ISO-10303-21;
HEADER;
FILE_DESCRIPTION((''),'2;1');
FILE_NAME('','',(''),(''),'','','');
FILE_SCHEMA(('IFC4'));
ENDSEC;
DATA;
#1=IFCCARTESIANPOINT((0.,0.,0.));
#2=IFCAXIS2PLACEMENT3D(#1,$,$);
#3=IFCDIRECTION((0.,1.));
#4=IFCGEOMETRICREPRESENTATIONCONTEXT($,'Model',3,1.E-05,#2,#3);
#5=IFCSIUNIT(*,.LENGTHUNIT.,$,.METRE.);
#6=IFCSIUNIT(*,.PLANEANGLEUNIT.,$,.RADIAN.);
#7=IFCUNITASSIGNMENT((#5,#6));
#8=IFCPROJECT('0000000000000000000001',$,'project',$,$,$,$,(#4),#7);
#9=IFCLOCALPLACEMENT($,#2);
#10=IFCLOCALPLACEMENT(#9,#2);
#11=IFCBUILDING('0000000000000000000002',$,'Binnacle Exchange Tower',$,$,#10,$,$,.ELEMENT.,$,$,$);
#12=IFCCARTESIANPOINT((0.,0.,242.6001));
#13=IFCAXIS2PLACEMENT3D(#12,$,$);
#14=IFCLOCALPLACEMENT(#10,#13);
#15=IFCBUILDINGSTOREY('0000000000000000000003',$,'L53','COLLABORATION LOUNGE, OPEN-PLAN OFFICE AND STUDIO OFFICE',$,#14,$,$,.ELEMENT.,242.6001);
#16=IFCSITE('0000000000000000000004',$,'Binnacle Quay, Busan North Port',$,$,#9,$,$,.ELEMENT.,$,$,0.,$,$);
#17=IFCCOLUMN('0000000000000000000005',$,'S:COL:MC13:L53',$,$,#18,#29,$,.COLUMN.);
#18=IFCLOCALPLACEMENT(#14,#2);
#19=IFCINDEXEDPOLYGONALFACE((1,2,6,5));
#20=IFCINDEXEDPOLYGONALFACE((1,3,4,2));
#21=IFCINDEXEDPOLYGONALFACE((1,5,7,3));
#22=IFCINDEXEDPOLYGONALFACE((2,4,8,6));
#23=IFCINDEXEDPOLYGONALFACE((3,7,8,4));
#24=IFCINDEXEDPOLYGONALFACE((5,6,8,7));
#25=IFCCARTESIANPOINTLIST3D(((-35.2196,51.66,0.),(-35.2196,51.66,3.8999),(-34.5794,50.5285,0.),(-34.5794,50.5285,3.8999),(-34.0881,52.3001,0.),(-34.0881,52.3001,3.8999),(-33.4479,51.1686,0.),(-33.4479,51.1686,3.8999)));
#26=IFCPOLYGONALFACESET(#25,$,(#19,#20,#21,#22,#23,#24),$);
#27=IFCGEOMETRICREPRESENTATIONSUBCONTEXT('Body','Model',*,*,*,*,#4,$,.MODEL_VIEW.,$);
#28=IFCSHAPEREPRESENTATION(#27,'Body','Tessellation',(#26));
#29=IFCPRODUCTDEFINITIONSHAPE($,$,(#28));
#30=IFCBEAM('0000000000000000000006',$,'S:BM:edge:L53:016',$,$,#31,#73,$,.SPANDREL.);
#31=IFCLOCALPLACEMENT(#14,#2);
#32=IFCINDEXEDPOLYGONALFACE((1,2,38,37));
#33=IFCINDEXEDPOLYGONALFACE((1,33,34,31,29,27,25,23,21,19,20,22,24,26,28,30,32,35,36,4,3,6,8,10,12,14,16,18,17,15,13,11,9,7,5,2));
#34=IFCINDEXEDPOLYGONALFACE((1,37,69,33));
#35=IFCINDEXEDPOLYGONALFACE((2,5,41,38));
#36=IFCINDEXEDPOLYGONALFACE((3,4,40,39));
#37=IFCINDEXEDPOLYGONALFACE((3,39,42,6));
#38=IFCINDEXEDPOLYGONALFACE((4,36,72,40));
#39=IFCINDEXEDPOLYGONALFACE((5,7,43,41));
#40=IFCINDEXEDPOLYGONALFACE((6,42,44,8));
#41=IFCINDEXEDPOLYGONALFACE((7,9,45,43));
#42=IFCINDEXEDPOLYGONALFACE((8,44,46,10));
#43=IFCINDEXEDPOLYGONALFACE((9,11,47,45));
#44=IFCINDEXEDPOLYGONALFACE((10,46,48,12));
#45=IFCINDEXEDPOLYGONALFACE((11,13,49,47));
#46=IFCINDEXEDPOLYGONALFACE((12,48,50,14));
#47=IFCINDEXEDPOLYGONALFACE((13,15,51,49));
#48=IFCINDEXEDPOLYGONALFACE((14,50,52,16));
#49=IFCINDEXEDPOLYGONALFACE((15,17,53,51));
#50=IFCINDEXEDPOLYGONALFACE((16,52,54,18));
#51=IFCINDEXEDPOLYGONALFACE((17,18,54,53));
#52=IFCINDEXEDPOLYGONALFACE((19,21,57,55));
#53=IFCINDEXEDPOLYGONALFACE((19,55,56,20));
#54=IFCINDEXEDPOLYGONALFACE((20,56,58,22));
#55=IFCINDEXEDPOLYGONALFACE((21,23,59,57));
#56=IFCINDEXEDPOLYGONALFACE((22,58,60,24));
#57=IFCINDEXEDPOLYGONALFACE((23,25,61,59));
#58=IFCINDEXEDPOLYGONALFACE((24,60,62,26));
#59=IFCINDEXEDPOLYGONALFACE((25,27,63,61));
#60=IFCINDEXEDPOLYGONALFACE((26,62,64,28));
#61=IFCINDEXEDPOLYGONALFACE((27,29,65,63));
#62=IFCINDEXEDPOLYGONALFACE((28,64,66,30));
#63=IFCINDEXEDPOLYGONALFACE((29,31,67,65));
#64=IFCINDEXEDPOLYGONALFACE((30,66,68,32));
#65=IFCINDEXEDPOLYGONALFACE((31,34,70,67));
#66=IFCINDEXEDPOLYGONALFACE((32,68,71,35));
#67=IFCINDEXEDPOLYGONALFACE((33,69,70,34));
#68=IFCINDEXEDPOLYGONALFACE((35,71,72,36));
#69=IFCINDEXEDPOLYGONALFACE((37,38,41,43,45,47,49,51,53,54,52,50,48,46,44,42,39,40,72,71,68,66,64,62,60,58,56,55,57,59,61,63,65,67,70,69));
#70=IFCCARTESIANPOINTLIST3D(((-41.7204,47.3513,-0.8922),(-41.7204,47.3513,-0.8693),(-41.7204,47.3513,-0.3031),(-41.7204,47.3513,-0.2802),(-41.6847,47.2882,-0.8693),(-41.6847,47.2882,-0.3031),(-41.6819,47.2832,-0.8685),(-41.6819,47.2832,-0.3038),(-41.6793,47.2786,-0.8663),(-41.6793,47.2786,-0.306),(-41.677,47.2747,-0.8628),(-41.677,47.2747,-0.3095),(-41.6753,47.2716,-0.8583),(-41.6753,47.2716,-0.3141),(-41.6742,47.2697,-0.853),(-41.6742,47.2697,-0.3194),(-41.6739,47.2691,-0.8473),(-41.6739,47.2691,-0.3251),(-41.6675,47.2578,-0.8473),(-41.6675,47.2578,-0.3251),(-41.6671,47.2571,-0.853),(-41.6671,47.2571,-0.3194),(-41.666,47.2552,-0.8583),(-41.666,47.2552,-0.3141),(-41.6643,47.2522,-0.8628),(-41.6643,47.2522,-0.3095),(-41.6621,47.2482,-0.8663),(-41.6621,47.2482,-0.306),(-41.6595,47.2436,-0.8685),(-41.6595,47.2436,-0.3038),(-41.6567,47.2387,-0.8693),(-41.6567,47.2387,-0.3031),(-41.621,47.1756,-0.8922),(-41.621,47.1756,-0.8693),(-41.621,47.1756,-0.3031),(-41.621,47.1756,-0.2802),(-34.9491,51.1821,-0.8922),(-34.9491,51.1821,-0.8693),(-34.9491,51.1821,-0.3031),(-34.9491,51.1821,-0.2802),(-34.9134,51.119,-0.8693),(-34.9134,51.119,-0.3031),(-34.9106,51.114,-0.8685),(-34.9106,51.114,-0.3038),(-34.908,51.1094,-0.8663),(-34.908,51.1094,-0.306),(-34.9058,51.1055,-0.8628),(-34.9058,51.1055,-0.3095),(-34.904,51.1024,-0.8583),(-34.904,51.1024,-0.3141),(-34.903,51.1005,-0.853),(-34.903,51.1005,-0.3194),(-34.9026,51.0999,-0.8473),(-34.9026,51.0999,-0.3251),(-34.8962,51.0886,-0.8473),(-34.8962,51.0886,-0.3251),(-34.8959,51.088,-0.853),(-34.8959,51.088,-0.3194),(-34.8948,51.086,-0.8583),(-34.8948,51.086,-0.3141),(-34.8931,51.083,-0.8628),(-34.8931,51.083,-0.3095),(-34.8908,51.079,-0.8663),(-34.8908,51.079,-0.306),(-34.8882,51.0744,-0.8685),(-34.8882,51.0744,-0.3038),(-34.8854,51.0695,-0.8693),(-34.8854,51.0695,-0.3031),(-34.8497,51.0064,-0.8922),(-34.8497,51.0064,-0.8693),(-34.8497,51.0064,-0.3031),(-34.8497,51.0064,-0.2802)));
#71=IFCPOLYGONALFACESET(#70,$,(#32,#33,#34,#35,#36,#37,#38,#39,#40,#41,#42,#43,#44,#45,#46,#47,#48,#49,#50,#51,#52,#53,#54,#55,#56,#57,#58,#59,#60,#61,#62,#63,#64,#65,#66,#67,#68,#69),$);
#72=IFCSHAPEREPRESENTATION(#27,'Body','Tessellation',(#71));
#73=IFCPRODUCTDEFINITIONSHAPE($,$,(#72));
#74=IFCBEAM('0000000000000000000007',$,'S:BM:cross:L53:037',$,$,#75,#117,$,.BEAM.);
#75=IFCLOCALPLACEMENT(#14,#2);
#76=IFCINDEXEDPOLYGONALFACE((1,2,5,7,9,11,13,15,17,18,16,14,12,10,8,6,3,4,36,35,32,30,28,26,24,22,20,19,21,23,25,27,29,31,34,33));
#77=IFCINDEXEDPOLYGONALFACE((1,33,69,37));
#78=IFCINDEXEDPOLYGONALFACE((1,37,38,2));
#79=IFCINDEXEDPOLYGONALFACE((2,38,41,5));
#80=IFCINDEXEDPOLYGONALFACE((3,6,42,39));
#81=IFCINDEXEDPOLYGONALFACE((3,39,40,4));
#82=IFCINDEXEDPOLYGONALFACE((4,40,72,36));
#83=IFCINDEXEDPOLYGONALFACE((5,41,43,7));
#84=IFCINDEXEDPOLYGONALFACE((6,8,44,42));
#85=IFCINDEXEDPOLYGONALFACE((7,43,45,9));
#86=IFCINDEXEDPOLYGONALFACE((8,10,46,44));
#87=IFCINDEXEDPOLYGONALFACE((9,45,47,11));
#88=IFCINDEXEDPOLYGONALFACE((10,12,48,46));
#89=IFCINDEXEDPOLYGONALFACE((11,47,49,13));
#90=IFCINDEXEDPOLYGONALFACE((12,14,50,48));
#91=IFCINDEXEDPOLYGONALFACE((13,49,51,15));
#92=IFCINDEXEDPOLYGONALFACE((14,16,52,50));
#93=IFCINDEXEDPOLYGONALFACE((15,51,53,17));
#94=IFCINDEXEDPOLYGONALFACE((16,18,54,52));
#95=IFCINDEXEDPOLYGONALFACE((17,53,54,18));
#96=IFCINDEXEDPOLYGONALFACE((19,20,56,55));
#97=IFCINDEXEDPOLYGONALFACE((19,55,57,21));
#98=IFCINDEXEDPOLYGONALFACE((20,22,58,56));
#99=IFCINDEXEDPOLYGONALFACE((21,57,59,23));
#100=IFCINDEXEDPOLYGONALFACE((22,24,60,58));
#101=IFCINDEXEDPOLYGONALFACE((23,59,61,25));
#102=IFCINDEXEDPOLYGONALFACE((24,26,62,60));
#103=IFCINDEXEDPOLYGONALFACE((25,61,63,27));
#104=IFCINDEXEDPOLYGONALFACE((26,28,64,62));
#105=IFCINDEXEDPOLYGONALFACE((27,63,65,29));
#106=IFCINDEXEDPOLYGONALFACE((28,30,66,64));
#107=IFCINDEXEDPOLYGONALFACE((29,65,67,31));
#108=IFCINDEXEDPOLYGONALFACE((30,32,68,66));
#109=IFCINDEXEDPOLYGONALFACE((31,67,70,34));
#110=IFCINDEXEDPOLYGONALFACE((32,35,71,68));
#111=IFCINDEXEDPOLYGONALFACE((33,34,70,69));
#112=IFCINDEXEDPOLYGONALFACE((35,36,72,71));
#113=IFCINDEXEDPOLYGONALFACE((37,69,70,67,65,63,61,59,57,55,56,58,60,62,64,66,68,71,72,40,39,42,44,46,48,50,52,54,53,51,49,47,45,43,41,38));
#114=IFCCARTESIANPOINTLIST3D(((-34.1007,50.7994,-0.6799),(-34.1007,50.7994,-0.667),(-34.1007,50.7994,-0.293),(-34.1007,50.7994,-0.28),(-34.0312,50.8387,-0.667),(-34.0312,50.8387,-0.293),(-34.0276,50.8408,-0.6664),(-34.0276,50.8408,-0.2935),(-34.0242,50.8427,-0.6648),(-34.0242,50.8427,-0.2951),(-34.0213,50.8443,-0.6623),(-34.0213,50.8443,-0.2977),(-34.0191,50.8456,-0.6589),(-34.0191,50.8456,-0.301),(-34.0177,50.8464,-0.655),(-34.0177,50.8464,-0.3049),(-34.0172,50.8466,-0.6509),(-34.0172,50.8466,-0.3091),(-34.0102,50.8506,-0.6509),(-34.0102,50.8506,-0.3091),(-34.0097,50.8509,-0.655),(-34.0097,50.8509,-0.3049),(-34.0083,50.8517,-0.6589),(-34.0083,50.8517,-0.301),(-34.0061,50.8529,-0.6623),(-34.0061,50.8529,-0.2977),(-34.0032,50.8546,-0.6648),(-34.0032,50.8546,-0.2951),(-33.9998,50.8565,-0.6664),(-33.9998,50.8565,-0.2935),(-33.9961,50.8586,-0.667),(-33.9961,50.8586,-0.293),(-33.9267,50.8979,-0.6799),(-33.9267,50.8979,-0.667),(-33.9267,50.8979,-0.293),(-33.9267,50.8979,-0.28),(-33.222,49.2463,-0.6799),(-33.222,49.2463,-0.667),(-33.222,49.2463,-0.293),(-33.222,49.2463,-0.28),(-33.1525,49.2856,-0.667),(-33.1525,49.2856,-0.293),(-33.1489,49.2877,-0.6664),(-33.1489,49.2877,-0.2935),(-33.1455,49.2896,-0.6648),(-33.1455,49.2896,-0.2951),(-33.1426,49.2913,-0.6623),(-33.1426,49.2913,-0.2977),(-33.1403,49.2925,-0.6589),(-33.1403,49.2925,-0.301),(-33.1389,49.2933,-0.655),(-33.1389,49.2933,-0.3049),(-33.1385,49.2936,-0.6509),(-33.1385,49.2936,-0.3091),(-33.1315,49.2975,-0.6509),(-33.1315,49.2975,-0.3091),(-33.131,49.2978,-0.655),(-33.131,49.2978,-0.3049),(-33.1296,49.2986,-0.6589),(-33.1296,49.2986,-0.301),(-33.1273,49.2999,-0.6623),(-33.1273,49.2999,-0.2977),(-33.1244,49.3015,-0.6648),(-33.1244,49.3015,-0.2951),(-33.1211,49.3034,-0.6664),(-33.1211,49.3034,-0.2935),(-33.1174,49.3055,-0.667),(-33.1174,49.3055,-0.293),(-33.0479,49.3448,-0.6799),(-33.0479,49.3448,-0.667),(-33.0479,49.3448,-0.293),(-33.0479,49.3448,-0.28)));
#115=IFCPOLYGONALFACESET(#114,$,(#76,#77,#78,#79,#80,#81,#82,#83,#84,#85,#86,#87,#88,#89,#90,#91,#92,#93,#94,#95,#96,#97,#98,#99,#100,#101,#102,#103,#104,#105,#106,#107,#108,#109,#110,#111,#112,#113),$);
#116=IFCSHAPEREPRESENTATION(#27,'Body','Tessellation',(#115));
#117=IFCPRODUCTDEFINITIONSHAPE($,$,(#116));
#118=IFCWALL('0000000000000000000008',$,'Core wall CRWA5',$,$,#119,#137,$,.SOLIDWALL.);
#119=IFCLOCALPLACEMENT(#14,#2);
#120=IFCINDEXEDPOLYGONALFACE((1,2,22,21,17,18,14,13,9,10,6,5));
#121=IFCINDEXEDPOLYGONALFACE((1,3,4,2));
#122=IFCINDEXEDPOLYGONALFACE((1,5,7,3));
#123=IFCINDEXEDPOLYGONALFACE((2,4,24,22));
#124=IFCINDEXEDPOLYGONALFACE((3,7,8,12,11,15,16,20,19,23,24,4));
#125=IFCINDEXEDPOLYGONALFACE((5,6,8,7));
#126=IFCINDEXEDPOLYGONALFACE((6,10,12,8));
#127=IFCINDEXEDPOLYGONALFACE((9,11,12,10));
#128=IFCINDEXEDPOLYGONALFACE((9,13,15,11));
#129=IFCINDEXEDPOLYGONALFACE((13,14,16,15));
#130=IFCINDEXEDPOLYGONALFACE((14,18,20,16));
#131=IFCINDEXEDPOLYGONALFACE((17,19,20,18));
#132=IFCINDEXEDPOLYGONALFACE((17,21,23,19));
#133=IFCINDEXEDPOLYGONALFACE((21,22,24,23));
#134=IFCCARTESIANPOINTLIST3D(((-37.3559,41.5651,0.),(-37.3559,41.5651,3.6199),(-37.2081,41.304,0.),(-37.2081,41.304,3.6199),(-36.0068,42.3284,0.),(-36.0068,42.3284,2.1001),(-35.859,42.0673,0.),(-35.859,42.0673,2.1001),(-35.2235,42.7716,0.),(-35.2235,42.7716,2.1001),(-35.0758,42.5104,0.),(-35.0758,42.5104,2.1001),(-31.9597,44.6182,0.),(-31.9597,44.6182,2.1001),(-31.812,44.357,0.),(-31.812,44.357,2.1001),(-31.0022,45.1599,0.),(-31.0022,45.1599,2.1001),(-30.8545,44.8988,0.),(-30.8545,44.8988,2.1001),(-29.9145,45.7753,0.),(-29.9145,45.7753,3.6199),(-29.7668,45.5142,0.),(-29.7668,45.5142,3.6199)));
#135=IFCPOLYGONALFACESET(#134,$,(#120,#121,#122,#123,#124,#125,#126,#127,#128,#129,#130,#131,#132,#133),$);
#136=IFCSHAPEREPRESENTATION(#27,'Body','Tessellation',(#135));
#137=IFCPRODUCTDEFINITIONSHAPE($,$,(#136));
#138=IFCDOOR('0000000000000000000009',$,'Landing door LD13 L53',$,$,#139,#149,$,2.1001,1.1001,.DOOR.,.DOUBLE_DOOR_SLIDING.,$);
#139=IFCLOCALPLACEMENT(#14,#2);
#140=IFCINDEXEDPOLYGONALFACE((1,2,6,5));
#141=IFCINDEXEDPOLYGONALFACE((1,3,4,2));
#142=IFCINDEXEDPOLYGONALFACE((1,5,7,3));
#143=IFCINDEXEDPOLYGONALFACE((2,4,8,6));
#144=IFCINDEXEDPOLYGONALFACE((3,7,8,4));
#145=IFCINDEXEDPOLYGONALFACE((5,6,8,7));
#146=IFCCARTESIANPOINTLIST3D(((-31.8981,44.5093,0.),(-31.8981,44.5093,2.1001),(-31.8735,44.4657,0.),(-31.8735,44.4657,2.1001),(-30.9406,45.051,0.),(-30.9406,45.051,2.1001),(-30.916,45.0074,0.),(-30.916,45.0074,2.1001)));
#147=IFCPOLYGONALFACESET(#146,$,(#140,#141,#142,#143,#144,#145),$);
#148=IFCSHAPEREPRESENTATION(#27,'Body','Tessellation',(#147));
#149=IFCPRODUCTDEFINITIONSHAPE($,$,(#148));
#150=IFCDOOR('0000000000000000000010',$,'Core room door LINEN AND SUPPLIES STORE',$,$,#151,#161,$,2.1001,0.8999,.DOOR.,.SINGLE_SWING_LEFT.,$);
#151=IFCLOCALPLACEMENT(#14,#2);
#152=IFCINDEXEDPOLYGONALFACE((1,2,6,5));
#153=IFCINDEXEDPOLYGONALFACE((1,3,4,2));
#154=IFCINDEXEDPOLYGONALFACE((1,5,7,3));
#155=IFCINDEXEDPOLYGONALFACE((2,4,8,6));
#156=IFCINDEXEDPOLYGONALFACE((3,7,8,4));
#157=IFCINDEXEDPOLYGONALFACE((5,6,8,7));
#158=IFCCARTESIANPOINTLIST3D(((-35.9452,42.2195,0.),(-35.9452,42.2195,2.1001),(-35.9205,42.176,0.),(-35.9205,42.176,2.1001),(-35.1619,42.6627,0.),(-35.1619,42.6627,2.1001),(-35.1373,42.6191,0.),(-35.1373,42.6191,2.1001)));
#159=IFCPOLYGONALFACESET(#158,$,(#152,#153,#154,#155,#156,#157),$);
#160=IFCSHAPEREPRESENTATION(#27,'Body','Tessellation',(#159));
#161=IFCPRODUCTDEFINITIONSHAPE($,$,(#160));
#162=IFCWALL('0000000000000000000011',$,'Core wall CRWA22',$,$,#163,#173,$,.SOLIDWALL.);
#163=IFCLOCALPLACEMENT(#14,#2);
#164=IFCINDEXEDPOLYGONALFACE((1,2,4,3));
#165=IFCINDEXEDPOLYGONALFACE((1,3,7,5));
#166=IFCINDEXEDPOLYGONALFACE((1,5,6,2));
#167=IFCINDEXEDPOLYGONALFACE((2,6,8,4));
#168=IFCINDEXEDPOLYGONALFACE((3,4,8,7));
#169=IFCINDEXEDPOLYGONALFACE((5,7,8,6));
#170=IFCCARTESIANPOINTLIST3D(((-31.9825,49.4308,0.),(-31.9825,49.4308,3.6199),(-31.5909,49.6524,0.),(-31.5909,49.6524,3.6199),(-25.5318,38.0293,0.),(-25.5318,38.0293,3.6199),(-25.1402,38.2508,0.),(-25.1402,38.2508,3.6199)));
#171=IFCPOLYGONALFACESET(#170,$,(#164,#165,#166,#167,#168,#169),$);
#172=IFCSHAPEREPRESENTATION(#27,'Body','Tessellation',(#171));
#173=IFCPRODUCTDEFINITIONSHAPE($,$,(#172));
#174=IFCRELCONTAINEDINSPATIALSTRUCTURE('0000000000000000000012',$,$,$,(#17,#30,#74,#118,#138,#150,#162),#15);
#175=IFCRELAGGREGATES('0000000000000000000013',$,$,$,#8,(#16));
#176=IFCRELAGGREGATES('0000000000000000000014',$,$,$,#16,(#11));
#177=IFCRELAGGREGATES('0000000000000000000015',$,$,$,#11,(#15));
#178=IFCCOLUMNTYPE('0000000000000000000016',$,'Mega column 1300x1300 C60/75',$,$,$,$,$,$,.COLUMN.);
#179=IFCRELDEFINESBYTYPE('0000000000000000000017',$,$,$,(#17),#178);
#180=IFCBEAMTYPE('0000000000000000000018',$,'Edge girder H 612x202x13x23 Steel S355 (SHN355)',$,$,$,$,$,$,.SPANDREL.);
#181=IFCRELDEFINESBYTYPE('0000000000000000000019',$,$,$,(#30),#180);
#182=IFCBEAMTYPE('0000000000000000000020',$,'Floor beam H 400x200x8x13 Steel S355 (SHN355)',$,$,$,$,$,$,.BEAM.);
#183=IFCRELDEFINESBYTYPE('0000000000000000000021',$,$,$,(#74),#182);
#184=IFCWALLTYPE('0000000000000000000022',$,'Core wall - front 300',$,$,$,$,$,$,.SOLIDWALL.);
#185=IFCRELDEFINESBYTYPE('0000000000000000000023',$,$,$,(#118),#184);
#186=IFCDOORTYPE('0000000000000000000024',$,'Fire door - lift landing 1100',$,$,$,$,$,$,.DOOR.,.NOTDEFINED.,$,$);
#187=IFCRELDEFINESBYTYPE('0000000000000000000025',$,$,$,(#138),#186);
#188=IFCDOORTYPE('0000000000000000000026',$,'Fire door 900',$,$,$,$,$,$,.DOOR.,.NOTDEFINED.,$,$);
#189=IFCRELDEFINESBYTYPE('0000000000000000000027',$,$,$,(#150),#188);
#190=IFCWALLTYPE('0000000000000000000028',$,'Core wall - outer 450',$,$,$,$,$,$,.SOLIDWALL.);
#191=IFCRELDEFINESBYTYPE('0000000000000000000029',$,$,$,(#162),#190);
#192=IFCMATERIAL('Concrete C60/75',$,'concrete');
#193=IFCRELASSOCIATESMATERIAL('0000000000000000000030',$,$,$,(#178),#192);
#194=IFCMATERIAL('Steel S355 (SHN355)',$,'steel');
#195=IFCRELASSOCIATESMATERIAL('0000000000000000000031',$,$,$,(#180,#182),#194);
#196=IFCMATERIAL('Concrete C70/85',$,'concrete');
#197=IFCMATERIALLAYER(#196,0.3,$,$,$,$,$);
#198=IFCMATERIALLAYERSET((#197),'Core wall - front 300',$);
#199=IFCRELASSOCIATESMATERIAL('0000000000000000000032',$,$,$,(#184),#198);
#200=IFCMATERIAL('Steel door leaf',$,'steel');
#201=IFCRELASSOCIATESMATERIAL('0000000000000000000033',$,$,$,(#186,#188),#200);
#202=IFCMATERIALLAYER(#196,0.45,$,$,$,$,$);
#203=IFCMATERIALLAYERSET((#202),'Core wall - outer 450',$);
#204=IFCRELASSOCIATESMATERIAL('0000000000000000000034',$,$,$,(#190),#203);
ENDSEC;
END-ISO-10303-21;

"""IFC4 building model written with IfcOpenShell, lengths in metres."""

from ifc_helpers import new_model, si_unit, direction, frame, frame_2d, origin, origin_2d, place, context, subcontext, project, spatial, rectangle, i_section, extrude, material, layer, layer_set, material_profile, profile_set, type_object, element, fill, save


model = new_model("IFC4")

# Units and contexts
model_context = context("Model", 3, precision=1e-05, world=origin(), true_north=direction((0.0, 1.0)))
body_context = subcontext(model_context, "Body", "Model", "MODEL_VIEW")
ifc_project = project(units=[si_unit("LENGTHUNIT", "METRE"), si_unit("PLANEANGLEUNIT", "RADIAN")], contexts=[model_context])

# Site, building, storey
site_placement = place(None, origin())
site = spatial("IfcSite", under=ifc_project, at=site_placement, Name="Binnacle Quay, Busan North Port", CompositionType="ELEMENT", RefElevation=0.0)
building_placement = place(site_placement, origin())
building = spatial("IfcBuilding", under=site, at=building_placement, Name="Binnacle Exchange Tower", CompositionType="ELEMENT")
storey_placement = place(building_placement, frame((0.0, 0.0, 242.6001)))
storey = spatial("IfcBuildingStorey", under=building, at=storey_placement, Name="L53", Description="COLLABORATION LOUNGE, OPEN-PLAN OFFICE AND STUDIO OFFICE", CompositionType="ELEMENT", Elevation=242.6001)

# Column
ifc_material_1 = material(Name="Concrete C60/75", Category="concrete")
ifc_material_profile_1 = material_profile(ifc_material_1, rectangle(XDim=1.3, YDim=1.3, at=origin_2d()), Name="Mega column 1300x1300 C60/75")
ifc_profile_set_1 = profile_set([ifc_material_profile_1], Name="Concrete C60/75")
column_type = type_object("IfcColumnType", Name="Mega column 1300x1300 C60/75", PredefinedType="COLUMN", material=ifc_profile_set_1)
column_placement = place(storey_placement, frame((-34.3337, 51.4143, 0.0), z_axis=(0.0, 0.0, 1.0), x_axis=(-0.870356, -0.492424, 0.0)))
element("IfcColumn", 1, at=column_placement, inside=storey, type_object=column_type, Name="S:COL:MC13:L53", PredefinedType="COLUMN", context=body_context, shape_type="SweptSolid", body=[
    extrude(rectangle(XDim=1.3, YDim=1.3, at=origin_2d()), origin(), (0.0, 0.0, 1.0), 3.8999),
])

# Beams
ifc_material_2 = material(Name="Steel S355 (SHN355)", Category="steel")
ifc_material_profile_2 = material_profile(ifc_material_2, i_section(OverallWidth=0.2019, OverallDepth=0.6121, WebThickness=0.0129, FlangeThickness=0.0229, FilletRadius=0.022, at=origin_2d()), Name="H 612x202x13x23")
ifc_profile_set_2 = profile_set([ifc_material_profile_2], Name="Steel S355 (SHN355)")
beam_type_1 = type_object("IfcBeamType", Name="Edge girder H 612x202x13x23 Steel S355 (SHN355)", PredefinedType="SPANDREL", material=ifc_profile_set_2)
beam_1_placement = place(storey_placement, frame((-34.8994, 51.0942, -0.5862), z_axis=(-0.870365, -0.492407, 0.0), x_axis=(0.492407, -0.870365, 0.0)))
element("IfcBeam", 2, at=beam_1_placement, inside=storey, type_object=beam_type_1, Name="S:BM:edge:L53:016", PredefinedType="SPANDREL", context=body_context, shape_type="SweptSolid", body=[
    extrude(i_section(OverallWidth=0.2019, OverallDepth=0.6121, WebThickness=0.0129, FlangeThickness=0.0229, FilletRadius=0.022, at=origin_2d()), origin(), (0.0, 0.0, 1.0), 7.7798),
])
ifc_material_profile_3 = material_profile(ifc_material_2, i_section(OverallWidth=0.2, OverallDepth=0.3999, WebThickness=0.0081, FlangeThickness=0.0129, FilletRadius=0.0161, at=origin_2d()), Name="H 400x200x8x13")
ifc_profile_set_3 = profile_set([ifc_material_profile_3], Name="Steel S355 (SHN355)")
beam_type_2 = type_object("IfcBeamType", Name="Floor beam H 400x200x8x13 Steel S355 (SHN355)", PredefinedType="BEAM", material=ifc_profile_set_3)
beam_2_placement = place(storey_placement, frame((-34.0137, 50.8486, -0.48), z_axis=(0.492436, -0.870349, 0.0), x_axis=(0.870349, 0.492436, 0.0)))
element("IfcBeam", 3, at=beam_2_placement, inside=storey, type_object=beam_type_2, Name="S:BM:cross:L53:037", PredefinedType="BEAM", context=body_context, shape_type="SweptSolid", body=[
    extrude(i_section(OverallWidth=0.2, OverallDepth=0.3999, WebThickness=0.0081, FlangeThickness=0.0129, FilletRadius=0.0161, at=origin_2d()), origin(), (0.0, 0.0, 1.0), 1.7844),
])

# Wall, openings, doors
ifc_material_3 = material(Name="Concrete C70/85", Category="concrete")
ifc_layer_1 = layer(ifc_material_3, 0.3)
ifc_layer_set_1 = layer_set([ifc_layer_1], Name="Core wall - front 300")
wall_type_1 = type_object("IfcWallType", Name="Core wall - front 300", PredefinedType="SOLIDWALL", material=ifc_layer_set_1)
wall_1_placement = place(storey_placement, frame((-37.282, 41.4346, 0.0), z_axis=(0.0, 0.0, 1.0), x_axis=(0.870353, 0.492429, 0.0)))
wall_1 = element("IfcWall", 4, at=wall_1_placement, inside=storey, type_object=wall_type_1, Name="Core wall CRWA5", PredefinedType="SOLIDWALL", context=body_context, shape_type="SweptSolid", body=[
    extrude(rectangle(XDim=8.5498, YDim=0.3, at=frame_2d((4.2749, 0.0))), origin(), (0.0, 0.0, 1.0), 3.6199),
])
opening_1_placement = place(wall_1_placement, frame((6.2, 0.0, 0.0)))
opening_1 = element("IfcOpeningElement", 5, at=opening_1_placement, cuts=wall_1, PredefinedType="OPENING", context=body_context, shape_type="SweptSolid", body=[
    extrude(rectangle(XDim=1.1001, YDim=2.1001, at=frame_2d((0.55, 1.05))), frame((0.0, 0.1599, 0.0), z_axis=(0.0, -1.0, 0.0), x_axis=(1.0, 0.0, 0.0)), (0.0, 0.0, 1.0), 0.3201),
])
opening_2_placement = place(wall_1_placement, frame((1.55, 0.0, 0.0)))
opening_2 = element("IfcOpeningElement", 6, at=opening_2_placement, cuts=wall_1, PredefinedType="OPENING", context=body_context, shape_type="SweptSolid", body=[
    extrude(rectangle(XDim=0.8999, YDim=2.1001, at=frame_2d((0.45, 1.05))), frame((0.0, 0.1599, 0.0), z_axis=(0.0, -1.0, 0.0), x_axis=(1.0, 0.0, 0.0)), (0.0, 0.0, 1.0), 0.3201),
])
ifc_material_4 = material(Name="Steel door leaf", Category="steel")
door_type_1 = type_object("IfcDoorType", Name="Fire door - lift landing 1100", OperationType="NOTDEFINED", PredefinedType="DOOR", material=ifc_material_4)
door_1_placement = place(opening_1_placement, origin())
door_1 = element("IfcDoor", 7, at=door_1_placement, inside=storey, type_object=door_type_1, Name="Landing door LD13 L53", OperationType="DOUBLE_DOOR_SLIDING", OverallHeight=2.1001, OverallWidth=1.1001, PredefinedType="DOOR", context=body_context, shape_type="SweptSolid", body=[
    extrude(rectangle(XDim=1.1001, YDim=2.1001, at=frame_2d((0.55, 1.05))), frame((0.0, 0.0249, 0.0), z_axis=(0.0, -1.0, 0.0), x_axis=(1.0, 0.0, 0.0)), (0.0, 0.0, 1.0), 0.05),
])
fill(opening_1, door_1)
door_type_2 = type_object("IfcDoorType", Name="Fire door 900", OperationType="NOTDEFINED", PredefinedType="DOOR", material=ifc_material_4)
door_2_placement = place(opening_2_placement, origin())
door_2 = element("IfcDoor", 8, at=door_2_placement, inside=storey, type_object=door_type_2, Name="Core room door LINEN AND SUPPLIES STORE", OperationType="SINGLE_SWING_LEFT", OverallHeight=2.1001, OverallWidth=0.8999, PredefinedType="DOOR", context=body_context, shape_type="SweptSolid", body=[
    extrude(rectangle(XDim=0.8999, YDim=2.1001, at=frame_2d((0.45, 1.05))), frame((0.0, 0.0249, 0.0), z_axis=(0.0, -1.0, 0.0), x_axis=(1.0, 0.0, 0.0)), (0.0, 0.0, 1.0), 0.05),
])
fill(opening_2, door_2)

# Wall
ifc_layer_2 = layer(ifc_material_3, 0.45)
ifc_layer_set_2 = layer_set([ifc_layer_2], Name="Core wall - outer 450")
wall_type_2 = type_object("IfcWallType", Name="Core wall - outer 450", PredefinedType="SOLIDWALL", material=ifc_layer_set_2)
wall_2_placement = place(storey_placement, frame((-31.7866, 49.5415, 0.0), z_axis=(0.0, 0.0, 1.0), x_axis=(0.492421, -0.870357, 0.0)))
element("IfcWall", 9, at=wall_2_placement, inside=storey, type_object=wall_type_2, Name="Core wall CRWA22", PredefinedType="SOLIDWALL", context=body_context, shape_type="SweptSolid", body=[
    extrude(rectangle(XDim=13.0999, YDim=0.45, at=frame_2d((6.5498, 0.0))), origin(), (0.0, 0.0, 1.0), 3.6199),
])

save(model, "model.ifc")
